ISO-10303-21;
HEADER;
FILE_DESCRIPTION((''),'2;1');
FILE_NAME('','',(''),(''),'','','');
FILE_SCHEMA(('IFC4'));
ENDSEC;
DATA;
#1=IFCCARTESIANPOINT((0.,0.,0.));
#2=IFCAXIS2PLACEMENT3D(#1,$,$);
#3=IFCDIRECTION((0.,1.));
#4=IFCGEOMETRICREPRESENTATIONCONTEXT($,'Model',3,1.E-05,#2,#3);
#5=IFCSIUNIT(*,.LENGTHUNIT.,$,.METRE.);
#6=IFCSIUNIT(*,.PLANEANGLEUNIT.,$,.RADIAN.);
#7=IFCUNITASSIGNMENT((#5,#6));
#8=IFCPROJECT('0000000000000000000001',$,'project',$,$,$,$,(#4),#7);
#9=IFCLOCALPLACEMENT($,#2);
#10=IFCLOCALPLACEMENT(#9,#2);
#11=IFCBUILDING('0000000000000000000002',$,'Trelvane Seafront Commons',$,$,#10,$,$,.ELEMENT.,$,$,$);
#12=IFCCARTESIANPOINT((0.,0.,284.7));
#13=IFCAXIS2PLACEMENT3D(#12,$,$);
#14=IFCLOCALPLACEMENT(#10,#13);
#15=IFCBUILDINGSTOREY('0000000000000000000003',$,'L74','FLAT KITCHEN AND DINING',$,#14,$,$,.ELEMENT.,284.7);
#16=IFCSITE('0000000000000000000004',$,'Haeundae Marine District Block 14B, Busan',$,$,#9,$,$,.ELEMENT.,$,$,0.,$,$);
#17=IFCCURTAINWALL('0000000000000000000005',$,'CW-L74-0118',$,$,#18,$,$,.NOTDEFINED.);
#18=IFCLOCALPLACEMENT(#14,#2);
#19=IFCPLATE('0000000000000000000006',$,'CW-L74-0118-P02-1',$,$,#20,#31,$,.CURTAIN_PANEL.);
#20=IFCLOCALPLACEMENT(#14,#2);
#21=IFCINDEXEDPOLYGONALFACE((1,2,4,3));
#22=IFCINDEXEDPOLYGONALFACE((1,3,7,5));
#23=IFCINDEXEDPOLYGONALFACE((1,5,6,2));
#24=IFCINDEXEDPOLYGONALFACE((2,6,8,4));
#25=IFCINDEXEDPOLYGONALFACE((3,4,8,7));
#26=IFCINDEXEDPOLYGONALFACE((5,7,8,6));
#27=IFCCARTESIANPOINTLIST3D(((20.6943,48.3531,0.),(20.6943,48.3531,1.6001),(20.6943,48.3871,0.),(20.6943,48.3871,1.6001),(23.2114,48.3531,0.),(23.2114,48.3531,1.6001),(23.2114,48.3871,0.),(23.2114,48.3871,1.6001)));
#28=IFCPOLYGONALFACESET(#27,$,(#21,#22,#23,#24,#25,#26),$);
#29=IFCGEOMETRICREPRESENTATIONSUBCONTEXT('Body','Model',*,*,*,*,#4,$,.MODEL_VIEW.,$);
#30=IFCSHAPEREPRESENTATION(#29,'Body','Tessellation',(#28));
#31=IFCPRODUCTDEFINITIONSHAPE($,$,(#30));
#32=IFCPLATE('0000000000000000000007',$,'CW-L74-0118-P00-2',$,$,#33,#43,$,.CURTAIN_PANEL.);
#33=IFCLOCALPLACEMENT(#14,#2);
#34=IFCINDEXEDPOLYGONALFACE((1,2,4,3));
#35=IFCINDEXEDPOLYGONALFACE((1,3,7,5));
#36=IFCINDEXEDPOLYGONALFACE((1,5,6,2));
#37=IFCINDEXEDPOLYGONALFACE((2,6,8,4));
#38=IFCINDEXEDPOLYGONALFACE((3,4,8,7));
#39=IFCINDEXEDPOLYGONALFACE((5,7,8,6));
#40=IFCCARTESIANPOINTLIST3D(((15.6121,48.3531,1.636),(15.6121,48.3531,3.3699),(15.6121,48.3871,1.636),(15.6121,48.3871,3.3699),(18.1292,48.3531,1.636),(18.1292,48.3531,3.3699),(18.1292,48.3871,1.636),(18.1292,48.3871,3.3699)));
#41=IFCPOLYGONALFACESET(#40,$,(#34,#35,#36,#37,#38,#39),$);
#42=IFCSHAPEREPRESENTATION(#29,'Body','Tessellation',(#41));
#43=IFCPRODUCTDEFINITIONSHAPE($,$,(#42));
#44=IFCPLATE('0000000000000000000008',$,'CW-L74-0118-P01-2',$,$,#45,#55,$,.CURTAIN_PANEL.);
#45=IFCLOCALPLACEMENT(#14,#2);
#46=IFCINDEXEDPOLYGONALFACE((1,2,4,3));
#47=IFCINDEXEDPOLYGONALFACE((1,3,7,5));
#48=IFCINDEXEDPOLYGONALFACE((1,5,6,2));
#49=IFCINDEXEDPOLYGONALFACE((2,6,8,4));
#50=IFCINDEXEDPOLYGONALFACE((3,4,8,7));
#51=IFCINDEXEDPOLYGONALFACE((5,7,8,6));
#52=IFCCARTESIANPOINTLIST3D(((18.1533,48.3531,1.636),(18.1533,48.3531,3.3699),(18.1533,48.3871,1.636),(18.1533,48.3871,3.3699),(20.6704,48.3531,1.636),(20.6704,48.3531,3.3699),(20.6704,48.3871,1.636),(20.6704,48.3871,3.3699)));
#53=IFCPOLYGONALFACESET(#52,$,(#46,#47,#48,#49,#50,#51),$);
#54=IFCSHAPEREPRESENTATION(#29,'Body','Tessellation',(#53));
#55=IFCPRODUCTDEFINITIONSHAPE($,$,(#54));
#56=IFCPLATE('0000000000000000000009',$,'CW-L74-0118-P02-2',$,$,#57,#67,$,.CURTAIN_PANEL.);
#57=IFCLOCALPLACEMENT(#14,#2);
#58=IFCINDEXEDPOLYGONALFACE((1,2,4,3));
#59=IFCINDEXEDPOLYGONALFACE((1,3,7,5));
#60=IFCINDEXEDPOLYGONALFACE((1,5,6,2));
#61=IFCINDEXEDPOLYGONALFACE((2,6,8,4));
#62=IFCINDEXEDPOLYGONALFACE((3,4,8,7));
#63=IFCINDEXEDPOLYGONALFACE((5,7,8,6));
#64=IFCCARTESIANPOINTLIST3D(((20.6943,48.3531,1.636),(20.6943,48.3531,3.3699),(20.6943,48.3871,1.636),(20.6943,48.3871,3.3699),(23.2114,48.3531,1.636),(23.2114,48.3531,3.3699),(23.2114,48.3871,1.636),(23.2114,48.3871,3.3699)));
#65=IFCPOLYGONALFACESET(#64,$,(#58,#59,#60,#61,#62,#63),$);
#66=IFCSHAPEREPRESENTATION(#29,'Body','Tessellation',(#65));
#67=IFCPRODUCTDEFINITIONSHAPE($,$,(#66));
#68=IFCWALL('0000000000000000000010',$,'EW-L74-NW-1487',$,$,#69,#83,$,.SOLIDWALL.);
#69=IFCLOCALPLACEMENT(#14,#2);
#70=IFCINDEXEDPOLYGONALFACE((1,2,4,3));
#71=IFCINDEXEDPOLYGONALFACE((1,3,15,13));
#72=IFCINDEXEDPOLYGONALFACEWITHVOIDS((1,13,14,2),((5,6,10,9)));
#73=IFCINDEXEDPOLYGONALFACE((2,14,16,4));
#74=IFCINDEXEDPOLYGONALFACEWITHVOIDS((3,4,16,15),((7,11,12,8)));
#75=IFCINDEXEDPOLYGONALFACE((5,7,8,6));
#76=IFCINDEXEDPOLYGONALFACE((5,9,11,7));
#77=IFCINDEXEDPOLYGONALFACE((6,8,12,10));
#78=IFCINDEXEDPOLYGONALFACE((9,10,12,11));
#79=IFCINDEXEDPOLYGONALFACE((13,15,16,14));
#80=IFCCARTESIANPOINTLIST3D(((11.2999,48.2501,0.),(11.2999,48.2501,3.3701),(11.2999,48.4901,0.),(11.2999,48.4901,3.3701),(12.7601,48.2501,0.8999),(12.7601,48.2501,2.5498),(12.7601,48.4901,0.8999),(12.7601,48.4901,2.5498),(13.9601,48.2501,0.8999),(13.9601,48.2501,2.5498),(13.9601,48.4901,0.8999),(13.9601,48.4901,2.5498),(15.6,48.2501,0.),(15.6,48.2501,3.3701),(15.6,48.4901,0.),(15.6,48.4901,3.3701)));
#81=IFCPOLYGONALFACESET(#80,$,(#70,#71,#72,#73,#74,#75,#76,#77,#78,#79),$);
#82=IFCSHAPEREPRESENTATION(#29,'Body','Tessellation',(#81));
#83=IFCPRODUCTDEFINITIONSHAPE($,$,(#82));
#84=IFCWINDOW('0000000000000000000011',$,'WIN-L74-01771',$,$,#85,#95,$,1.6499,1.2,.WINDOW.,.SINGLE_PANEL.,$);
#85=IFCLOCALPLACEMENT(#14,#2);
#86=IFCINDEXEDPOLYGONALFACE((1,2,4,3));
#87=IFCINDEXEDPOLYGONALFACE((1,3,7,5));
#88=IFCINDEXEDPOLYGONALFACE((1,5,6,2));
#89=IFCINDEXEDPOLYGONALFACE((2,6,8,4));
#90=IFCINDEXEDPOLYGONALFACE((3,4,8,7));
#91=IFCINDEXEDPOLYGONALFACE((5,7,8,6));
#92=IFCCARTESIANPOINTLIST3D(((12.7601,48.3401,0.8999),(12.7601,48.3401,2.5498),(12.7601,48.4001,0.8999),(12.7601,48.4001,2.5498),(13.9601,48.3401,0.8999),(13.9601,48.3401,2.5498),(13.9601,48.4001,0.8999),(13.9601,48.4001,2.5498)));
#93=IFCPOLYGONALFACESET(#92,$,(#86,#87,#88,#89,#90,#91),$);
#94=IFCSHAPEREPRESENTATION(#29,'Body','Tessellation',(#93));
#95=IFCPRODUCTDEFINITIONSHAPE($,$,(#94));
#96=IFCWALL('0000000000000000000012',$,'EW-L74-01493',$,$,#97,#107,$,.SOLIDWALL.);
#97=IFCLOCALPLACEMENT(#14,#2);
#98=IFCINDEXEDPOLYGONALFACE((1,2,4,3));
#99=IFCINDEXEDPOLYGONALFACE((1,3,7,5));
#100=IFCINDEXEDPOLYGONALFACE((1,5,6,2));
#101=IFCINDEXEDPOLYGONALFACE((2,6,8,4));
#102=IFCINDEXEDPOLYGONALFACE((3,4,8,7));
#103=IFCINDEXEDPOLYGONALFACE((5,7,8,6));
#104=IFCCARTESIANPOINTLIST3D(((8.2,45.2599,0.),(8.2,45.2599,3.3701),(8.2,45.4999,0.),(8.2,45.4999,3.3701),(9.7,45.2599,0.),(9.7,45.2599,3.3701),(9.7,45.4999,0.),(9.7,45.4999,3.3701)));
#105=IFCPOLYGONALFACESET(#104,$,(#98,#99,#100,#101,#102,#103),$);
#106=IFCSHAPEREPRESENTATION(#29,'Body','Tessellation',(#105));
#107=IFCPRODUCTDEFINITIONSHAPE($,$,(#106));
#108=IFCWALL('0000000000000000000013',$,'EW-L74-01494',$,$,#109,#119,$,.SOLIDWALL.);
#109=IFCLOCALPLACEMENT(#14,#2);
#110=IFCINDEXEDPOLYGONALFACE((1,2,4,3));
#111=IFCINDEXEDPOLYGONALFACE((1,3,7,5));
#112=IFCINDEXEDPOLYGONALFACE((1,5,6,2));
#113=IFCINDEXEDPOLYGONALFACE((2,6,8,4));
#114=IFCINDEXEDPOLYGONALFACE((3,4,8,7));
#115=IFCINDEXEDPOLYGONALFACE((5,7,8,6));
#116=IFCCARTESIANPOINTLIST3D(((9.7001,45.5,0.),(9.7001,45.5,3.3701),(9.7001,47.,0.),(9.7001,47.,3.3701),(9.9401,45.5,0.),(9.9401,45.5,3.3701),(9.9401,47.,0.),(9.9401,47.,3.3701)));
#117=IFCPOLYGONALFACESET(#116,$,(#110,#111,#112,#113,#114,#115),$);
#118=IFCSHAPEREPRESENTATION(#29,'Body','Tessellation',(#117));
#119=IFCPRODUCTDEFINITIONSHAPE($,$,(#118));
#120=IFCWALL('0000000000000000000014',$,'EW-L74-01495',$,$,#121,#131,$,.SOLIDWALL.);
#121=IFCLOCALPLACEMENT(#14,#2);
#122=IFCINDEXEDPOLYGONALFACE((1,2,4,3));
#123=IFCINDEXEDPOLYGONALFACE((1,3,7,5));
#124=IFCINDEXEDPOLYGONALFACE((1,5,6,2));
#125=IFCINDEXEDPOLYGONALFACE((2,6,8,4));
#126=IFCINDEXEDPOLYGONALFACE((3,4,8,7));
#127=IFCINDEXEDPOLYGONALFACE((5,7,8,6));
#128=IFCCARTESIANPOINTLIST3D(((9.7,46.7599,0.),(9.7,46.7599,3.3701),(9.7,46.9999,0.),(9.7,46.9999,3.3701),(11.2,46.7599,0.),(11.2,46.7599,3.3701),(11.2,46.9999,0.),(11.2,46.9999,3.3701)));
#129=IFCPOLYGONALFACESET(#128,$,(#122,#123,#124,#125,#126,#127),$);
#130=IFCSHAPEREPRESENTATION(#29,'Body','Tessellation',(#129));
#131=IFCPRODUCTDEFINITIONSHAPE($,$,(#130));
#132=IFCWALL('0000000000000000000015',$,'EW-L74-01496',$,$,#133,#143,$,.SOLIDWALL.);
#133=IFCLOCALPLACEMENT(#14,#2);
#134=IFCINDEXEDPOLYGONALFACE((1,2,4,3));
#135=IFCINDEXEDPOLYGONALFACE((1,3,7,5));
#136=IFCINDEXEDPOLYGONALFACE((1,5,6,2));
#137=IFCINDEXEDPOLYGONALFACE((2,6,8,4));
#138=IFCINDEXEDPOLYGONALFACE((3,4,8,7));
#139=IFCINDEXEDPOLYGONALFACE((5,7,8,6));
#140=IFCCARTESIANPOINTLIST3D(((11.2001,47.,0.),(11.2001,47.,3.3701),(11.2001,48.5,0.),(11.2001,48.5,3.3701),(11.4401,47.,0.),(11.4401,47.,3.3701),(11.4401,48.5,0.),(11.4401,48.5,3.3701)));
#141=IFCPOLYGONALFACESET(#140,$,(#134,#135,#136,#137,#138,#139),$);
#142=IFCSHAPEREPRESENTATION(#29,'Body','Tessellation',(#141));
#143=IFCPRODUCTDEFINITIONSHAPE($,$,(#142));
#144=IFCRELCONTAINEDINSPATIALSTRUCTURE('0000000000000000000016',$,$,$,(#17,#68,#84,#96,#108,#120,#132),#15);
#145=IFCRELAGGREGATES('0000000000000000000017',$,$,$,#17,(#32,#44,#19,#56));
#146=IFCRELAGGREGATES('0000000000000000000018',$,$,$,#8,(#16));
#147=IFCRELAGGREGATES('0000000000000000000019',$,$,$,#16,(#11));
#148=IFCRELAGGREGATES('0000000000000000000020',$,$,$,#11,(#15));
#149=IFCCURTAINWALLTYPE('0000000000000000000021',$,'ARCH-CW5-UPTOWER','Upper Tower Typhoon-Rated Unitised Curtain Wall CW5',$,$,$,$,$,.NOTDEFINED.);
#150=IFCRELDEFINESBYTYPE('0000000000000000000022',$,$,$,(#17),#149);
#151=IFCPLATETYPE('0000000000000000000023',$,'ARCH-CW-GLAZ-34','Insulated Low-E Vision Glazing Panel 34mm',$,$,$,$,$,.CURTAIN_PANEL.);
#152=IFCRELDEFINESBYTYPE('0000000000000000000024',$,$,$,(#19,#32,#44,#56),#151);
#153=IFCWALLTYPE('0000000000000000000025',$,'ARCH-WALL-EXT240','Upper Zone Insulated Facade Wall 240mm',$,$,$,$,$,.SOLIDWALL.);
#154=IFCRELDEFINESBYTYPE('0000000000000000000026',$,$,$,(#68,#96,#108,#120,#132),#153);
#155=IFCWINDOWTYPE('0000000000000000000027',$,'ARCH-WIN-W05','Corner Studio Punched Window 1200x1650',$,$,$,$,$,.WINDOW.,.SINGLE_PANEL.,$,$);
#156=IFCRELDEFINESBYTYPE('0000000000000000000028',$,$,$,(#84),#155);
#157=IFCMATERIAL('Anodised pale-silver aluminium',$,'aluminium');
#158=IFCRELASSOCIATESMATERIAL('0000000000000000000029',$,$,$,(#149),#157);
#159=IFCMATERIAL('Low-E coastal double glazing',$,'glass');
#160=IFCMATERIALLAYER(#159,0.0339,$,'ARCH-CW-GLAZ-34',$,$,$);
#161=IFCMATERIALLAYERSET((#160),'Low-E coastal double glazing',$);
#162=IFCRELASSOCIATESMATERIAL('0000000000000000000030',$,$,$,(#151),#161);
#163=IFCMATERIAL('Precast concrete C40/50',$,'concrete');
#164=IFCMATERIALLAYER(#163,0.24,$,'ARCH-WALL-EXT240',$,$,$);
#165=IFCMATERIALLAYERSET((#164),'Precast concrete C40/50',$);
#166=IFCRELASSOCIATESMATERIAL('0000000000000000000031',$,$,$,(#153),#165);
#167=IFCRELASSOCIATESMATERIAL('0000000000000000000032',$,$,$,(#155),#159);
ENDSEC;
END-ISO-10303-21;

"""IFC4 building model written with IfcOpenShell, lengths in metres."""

from ifc_helpers import new_model, si_unit, direction, frame, frame_2d, origin, origin_2d, place, context, subcontext, project, spatial, rectangle, extrude, source, transform, mapped, material, layer, layer_set, type_object, element, fill, aggregate, save


model = new_model("IFC4")

# Units and contexts
model_context = context("Model", 3, precision=1e-05, world=origin(), true_north=direction((0.0, 1.0)))
body_context = subcontext(model_context, "Body", "Model", "MODEL_VIEW")
ifc_project = project(units=[si_unit("LENGTHUNIT", "METRE"), si_unit("PLANEANGLEUNIT", "RADIAN")], contexts=[model_context])

# Site, building, storey
site_placement = place(None, origin())
site = spatial("IfcSite", under=ifc_project, at=site_placement, Name="Haeundae Marine District Block 14B, Busan", CompositionType="ELEMENT", RefElevation=0.0)
building_placement = place(site_placement, origin())
building = spatial("IfcBuilding", under=site, at=building_placement, Name="Trelvane Seafront Commons", CompositionType="ELEMENT")
storey_placement = place(building_placement, frame((0.0, 0.0, 284.7)))
storey = spatial("IfcBuildingStorey", under=building, at=storey_placement, Name="L74", Description="FLAT KITCHEN AND DINING", CompositionType="ELEMENT", Elevation=284.7)

# Curtain wall
ifc_material_1 = material(Name="Anodised pale-silver aluminium", Category="aluminium")
curtain_wall_type = type_object("IfcCurtainWallType", Name="ARCH-CW5-UPTOWER", Description="Upper Tower Typhoon-Rated Unitised Curtain Wall CW5", PredefinedType="NOTDEFINED", material=ifc_material_1)
curtain_wall_placement = place(storey_placement, origin())
curtain_wall = element("IfcCurtainWall", 1, at=curtain_wall_placement, inside=storey, type_object=curtain_wall_type, Name="CW-L74-0118", PredefinedType="NOTDEFINED")

# Plates
ifc_material_2 = material(Name="Low-E coastal double glazing", Category="glass")
ifc_layer_1 = layer(ifc_material_2, 0.0339, Name="ARCH-CW-GLAZ-34")
ifc_layer_set_1 = layer_set([ifc_layer_1], Name="Low-E coastal double glazing")
plate_type_1 = type_object("IfcPlateType", Name="ARCH-CW-GLAZ-34", Description="Insulated Low-E Vision Glazing Panel 34mm", PredefinedType="CURTAIN_PANEL", material=ifc_layer_set_1)
shared_shape_1 = source(origin(), body_context, "Body", "SweptSolid", [
    extrude(rectangle(XDim=2.5171, YDim=0.0339, at=origin_2d()), origin(), (0.0, 0.0, 1.0), 1.6001),
])
plate_1_placement = place(storey_placement, frame((21.9529, 48.3701, 0.0), z_axis=(0.0, 0.0, 1.0), x_axis=(1.0, 0.0, 0.0)))
plate_1 = element("IfcPlate", 2, at=plate_1_placement, type_object=plate_type_1, Name="CW-L74-0118-P02-1", PredefinedType="CURTAIN_PANEL", context=body_context, shape_type="MappedRepresentation", body=[
    mapped(shared_shape_1, transform((0.0, 0.0, 0.0), x_axis=(1.0, 0.0, 0.0), y_axis=(0.0, 1.0, 0.0), z_axis=(0.0, 0.0, 1.0), scale=1.0)),
])
shared_shape_2 = source(origin(), body_context, "Body", "SweptSolid", [
    extrude(rectangle(XDim=2.5171, YDim=0.0339, at=origin_2d()), origin(), (0.0, 0.0, 1.0), 1.7339),
])
plate_2_placement = place(storey_placement, frame((16.8706, 48.3701, 1.636), z_axis=(0.0, 0.0, 1.0), x_axis=(1.0, 0.0, 0.0)))
plate_2 = element("IfcPlate", 3, at=plate_2_placement, type_object=plate_type_1, Name="CW-L74-0118-P00-2", PredefinedType="CURTAIN_PANEL", context=body_context, shape_type="MappedRepresentation", body=[
    mapped(shared_shape_2, transform((0.0, 0.0, 0.0), x_axis=(1.0, 0.0, 0.0), y_axis=(0.0, 1.0, 0.0), z_axis=(0.0, 0.0, 1.0), scale=1.0)),
])
plate_3_placement = place(storey_placement, frame((19.4119, 48.3701, 1.636), z_axis=(0.0, 0.0, 1.0), x_axis=(1.0, 0.0, 0.0)))
plate_3 = element("IfcPlate", 4, at=plate_3_placement, type_object=plate_type_1, Name="CW-L74-0118-P01-2", PredefinedType="CURTAIN_PANEL", context=body_context, shape_type="MappedRepresentation", body=[
    mapped(shared_shape_2, transform((0.0, 0.0, 0.0), x_axis=(1.0, 0.0, 0.0), y_axis=(0.0, 1.0, 0.0), z_axis=(0.0, 0.0, 1.0), scale=1.0)),
])
plate_4_placement = place(storey_placement, frame((21.9529, 48.3701, 1.636), z_axis=(0.0, 0.0, 1.0), x_axis=(1.0, 0.0, 0.0)))
plate_4 = element("IfcPlate", 5, at=plate_4_placement, type_object=plate_type_1, Name="CW-L74-0118-P02-2", PredefinedType="CURTAIN_PANEL", context=body_context, shape_type="MappedRepresentation", body=[
    mapped(shared_shape_2, transform((0.0, 0.0, 0.0), x_axis=(1.0, 0.0, 0.0), y_axis=(0.0, 1.0, 0.0), z_axis=(0.0, 0.0, 1.0), scale=1.0)),
])
aggregate(curtain_wall, [plate_2, plate_3, plate_1, plate_4])

# Wall, opening, window
ifc_material_3 = material(Name="Precast concrete C40/50", Category="concrete")
ifc_layer_2 = layer(ifc_material_3, 0.24, Name="ARCH-WALL-EXT240")
ifc_layer_set_2 = layer_set([ifc_layer_2], Name="Precast concrete C40/50")
wall_type = type_object("IfcWallType", Name="ARCH-WALL-EXT240", Description="Upper Zone Insulated Facade Wall 240mm", PredefinedType="SOLIDWALL", material=ifc_layer_set_2)
wall_placement = place(storey_placement, frame((11.3, 48.3701, 0.0), z_axis=(0.0, 0.0, 1.0), x_axis=(1.0, 0.0, 0.0)))
wall = element("IfcWall", 6, at=wall_placement, inside=storey, type_object=wall_type, Name="EW-L74-NW-1487", PredefinedType="SOLIDWALL", context=body_context, shape_type="SweptSolid", body=[
    extrude(rectangle(XDim=4.3, YDim=0.24, at=frame_2d((2.1499, 0.0))), origin(), (0.0, 0.0, 1.0), 3.3701),
])
opening_placement = place(wall_placement, frame((1.46, 0.0, 0.8999)))
opening = element("IfcOpeningElement", 7, at=opening_placement, cuts=wall, PredefinedType="OPENING", context=body_context, shape_type="SweptSolid", body=[
    extrude(rectangle(XDim=1.2, YDim=1.6499, at=frame_2d((0.6001, 0.825))), frame((0.0, 0.1299, 0.0), z_axis=(0.0, -1.0, 0.0), x_axis=(1.0, 0.0, 0.0)), (0.0, 0.0, 1.0), 0.26),
])
window_type = type_object("IfcWindowType", Name="ARCH-WIN-W05", Description="Corner Studio Punched Window 1200x1650", PartitioningType="SINGLE_PANEL", PredefinedType="WINDOW", material=ifc_material_2)
shared_shape_3 = source(origin(), body_context, "Body", "SweptSolid", [
    extrude(rectangle(XDim=1.2, YDim=1.6499, at=frame_2d((0.6001, 0.825))), frame((0.0, 0.03, 0.0), z_axis=(0.0, -1.0, 0.0), x_axis=(1.0, 0.0, 0.0)), (0.0, 0.0, 1.0), 0.0601),
])
window_placement = place(opening_placement, origin())
window = element("IfcWindow", 8, at=window_placement, inside=storey, type_object=window_type, Name="WIN-L74-01771", OverallHeight=1.6499, OverallWidth=1.2, PartitioningType="SINGLE_PANEL", PredefinedType="WINDOW", context=body_context, shape_type="MappedRepresentation", body=[
    mapped(shared_shape_3, transform((0.0, 0.0, 0.0), x_axis=(1.0, 0.0, 0.0), y_axis=(0.0, 1.0, 0.0), z_axis=(0.0, 0.0, 1.0), scale=1.0)),
])
fill(opening, window)

# Walls
for number, where, z_axis, x_axis, name in (
    (9, (8.2, 45.3799, 0.0), (0.0, 0.0, 1.0), (1.0, 0.0, 0.0), "EW-L74-01493"),
    (10, (9.8201, 45.5, 0.0), (0.0, 0.0, 1.0), (0.0, 1.0, 0.0), "EW-L74-01494"),
    (11, (9.7, 46.8799, 0.0), (0.0, 0.0, 1.0), (1.0, 0.0, 0.0), "EW-L74-01495"),
    (12, (11.3201, 47.0, 0.0), (0.0, 0.0, 1.0), (0.0, 1.0, 0.0), "EW-L74-01496"),
):
    element("IfcWall", number, at=place(storey_placement, frame(where, z_axis=z_axis, x_axis=x_axis)), inside=storey, type_object=wall_type, Name=name, PredefinedType="SOLIDWALL", context=body_context, shape_type="SweptSolid", body=[
        extrude(rectangle(XDim=1.5, YDim=0.24, at=frame_2d((0.75, 0.0))), origin(), (0.0, 0.0, 1.0), 3.3701),
    ])

save(model, "model.ifc")
